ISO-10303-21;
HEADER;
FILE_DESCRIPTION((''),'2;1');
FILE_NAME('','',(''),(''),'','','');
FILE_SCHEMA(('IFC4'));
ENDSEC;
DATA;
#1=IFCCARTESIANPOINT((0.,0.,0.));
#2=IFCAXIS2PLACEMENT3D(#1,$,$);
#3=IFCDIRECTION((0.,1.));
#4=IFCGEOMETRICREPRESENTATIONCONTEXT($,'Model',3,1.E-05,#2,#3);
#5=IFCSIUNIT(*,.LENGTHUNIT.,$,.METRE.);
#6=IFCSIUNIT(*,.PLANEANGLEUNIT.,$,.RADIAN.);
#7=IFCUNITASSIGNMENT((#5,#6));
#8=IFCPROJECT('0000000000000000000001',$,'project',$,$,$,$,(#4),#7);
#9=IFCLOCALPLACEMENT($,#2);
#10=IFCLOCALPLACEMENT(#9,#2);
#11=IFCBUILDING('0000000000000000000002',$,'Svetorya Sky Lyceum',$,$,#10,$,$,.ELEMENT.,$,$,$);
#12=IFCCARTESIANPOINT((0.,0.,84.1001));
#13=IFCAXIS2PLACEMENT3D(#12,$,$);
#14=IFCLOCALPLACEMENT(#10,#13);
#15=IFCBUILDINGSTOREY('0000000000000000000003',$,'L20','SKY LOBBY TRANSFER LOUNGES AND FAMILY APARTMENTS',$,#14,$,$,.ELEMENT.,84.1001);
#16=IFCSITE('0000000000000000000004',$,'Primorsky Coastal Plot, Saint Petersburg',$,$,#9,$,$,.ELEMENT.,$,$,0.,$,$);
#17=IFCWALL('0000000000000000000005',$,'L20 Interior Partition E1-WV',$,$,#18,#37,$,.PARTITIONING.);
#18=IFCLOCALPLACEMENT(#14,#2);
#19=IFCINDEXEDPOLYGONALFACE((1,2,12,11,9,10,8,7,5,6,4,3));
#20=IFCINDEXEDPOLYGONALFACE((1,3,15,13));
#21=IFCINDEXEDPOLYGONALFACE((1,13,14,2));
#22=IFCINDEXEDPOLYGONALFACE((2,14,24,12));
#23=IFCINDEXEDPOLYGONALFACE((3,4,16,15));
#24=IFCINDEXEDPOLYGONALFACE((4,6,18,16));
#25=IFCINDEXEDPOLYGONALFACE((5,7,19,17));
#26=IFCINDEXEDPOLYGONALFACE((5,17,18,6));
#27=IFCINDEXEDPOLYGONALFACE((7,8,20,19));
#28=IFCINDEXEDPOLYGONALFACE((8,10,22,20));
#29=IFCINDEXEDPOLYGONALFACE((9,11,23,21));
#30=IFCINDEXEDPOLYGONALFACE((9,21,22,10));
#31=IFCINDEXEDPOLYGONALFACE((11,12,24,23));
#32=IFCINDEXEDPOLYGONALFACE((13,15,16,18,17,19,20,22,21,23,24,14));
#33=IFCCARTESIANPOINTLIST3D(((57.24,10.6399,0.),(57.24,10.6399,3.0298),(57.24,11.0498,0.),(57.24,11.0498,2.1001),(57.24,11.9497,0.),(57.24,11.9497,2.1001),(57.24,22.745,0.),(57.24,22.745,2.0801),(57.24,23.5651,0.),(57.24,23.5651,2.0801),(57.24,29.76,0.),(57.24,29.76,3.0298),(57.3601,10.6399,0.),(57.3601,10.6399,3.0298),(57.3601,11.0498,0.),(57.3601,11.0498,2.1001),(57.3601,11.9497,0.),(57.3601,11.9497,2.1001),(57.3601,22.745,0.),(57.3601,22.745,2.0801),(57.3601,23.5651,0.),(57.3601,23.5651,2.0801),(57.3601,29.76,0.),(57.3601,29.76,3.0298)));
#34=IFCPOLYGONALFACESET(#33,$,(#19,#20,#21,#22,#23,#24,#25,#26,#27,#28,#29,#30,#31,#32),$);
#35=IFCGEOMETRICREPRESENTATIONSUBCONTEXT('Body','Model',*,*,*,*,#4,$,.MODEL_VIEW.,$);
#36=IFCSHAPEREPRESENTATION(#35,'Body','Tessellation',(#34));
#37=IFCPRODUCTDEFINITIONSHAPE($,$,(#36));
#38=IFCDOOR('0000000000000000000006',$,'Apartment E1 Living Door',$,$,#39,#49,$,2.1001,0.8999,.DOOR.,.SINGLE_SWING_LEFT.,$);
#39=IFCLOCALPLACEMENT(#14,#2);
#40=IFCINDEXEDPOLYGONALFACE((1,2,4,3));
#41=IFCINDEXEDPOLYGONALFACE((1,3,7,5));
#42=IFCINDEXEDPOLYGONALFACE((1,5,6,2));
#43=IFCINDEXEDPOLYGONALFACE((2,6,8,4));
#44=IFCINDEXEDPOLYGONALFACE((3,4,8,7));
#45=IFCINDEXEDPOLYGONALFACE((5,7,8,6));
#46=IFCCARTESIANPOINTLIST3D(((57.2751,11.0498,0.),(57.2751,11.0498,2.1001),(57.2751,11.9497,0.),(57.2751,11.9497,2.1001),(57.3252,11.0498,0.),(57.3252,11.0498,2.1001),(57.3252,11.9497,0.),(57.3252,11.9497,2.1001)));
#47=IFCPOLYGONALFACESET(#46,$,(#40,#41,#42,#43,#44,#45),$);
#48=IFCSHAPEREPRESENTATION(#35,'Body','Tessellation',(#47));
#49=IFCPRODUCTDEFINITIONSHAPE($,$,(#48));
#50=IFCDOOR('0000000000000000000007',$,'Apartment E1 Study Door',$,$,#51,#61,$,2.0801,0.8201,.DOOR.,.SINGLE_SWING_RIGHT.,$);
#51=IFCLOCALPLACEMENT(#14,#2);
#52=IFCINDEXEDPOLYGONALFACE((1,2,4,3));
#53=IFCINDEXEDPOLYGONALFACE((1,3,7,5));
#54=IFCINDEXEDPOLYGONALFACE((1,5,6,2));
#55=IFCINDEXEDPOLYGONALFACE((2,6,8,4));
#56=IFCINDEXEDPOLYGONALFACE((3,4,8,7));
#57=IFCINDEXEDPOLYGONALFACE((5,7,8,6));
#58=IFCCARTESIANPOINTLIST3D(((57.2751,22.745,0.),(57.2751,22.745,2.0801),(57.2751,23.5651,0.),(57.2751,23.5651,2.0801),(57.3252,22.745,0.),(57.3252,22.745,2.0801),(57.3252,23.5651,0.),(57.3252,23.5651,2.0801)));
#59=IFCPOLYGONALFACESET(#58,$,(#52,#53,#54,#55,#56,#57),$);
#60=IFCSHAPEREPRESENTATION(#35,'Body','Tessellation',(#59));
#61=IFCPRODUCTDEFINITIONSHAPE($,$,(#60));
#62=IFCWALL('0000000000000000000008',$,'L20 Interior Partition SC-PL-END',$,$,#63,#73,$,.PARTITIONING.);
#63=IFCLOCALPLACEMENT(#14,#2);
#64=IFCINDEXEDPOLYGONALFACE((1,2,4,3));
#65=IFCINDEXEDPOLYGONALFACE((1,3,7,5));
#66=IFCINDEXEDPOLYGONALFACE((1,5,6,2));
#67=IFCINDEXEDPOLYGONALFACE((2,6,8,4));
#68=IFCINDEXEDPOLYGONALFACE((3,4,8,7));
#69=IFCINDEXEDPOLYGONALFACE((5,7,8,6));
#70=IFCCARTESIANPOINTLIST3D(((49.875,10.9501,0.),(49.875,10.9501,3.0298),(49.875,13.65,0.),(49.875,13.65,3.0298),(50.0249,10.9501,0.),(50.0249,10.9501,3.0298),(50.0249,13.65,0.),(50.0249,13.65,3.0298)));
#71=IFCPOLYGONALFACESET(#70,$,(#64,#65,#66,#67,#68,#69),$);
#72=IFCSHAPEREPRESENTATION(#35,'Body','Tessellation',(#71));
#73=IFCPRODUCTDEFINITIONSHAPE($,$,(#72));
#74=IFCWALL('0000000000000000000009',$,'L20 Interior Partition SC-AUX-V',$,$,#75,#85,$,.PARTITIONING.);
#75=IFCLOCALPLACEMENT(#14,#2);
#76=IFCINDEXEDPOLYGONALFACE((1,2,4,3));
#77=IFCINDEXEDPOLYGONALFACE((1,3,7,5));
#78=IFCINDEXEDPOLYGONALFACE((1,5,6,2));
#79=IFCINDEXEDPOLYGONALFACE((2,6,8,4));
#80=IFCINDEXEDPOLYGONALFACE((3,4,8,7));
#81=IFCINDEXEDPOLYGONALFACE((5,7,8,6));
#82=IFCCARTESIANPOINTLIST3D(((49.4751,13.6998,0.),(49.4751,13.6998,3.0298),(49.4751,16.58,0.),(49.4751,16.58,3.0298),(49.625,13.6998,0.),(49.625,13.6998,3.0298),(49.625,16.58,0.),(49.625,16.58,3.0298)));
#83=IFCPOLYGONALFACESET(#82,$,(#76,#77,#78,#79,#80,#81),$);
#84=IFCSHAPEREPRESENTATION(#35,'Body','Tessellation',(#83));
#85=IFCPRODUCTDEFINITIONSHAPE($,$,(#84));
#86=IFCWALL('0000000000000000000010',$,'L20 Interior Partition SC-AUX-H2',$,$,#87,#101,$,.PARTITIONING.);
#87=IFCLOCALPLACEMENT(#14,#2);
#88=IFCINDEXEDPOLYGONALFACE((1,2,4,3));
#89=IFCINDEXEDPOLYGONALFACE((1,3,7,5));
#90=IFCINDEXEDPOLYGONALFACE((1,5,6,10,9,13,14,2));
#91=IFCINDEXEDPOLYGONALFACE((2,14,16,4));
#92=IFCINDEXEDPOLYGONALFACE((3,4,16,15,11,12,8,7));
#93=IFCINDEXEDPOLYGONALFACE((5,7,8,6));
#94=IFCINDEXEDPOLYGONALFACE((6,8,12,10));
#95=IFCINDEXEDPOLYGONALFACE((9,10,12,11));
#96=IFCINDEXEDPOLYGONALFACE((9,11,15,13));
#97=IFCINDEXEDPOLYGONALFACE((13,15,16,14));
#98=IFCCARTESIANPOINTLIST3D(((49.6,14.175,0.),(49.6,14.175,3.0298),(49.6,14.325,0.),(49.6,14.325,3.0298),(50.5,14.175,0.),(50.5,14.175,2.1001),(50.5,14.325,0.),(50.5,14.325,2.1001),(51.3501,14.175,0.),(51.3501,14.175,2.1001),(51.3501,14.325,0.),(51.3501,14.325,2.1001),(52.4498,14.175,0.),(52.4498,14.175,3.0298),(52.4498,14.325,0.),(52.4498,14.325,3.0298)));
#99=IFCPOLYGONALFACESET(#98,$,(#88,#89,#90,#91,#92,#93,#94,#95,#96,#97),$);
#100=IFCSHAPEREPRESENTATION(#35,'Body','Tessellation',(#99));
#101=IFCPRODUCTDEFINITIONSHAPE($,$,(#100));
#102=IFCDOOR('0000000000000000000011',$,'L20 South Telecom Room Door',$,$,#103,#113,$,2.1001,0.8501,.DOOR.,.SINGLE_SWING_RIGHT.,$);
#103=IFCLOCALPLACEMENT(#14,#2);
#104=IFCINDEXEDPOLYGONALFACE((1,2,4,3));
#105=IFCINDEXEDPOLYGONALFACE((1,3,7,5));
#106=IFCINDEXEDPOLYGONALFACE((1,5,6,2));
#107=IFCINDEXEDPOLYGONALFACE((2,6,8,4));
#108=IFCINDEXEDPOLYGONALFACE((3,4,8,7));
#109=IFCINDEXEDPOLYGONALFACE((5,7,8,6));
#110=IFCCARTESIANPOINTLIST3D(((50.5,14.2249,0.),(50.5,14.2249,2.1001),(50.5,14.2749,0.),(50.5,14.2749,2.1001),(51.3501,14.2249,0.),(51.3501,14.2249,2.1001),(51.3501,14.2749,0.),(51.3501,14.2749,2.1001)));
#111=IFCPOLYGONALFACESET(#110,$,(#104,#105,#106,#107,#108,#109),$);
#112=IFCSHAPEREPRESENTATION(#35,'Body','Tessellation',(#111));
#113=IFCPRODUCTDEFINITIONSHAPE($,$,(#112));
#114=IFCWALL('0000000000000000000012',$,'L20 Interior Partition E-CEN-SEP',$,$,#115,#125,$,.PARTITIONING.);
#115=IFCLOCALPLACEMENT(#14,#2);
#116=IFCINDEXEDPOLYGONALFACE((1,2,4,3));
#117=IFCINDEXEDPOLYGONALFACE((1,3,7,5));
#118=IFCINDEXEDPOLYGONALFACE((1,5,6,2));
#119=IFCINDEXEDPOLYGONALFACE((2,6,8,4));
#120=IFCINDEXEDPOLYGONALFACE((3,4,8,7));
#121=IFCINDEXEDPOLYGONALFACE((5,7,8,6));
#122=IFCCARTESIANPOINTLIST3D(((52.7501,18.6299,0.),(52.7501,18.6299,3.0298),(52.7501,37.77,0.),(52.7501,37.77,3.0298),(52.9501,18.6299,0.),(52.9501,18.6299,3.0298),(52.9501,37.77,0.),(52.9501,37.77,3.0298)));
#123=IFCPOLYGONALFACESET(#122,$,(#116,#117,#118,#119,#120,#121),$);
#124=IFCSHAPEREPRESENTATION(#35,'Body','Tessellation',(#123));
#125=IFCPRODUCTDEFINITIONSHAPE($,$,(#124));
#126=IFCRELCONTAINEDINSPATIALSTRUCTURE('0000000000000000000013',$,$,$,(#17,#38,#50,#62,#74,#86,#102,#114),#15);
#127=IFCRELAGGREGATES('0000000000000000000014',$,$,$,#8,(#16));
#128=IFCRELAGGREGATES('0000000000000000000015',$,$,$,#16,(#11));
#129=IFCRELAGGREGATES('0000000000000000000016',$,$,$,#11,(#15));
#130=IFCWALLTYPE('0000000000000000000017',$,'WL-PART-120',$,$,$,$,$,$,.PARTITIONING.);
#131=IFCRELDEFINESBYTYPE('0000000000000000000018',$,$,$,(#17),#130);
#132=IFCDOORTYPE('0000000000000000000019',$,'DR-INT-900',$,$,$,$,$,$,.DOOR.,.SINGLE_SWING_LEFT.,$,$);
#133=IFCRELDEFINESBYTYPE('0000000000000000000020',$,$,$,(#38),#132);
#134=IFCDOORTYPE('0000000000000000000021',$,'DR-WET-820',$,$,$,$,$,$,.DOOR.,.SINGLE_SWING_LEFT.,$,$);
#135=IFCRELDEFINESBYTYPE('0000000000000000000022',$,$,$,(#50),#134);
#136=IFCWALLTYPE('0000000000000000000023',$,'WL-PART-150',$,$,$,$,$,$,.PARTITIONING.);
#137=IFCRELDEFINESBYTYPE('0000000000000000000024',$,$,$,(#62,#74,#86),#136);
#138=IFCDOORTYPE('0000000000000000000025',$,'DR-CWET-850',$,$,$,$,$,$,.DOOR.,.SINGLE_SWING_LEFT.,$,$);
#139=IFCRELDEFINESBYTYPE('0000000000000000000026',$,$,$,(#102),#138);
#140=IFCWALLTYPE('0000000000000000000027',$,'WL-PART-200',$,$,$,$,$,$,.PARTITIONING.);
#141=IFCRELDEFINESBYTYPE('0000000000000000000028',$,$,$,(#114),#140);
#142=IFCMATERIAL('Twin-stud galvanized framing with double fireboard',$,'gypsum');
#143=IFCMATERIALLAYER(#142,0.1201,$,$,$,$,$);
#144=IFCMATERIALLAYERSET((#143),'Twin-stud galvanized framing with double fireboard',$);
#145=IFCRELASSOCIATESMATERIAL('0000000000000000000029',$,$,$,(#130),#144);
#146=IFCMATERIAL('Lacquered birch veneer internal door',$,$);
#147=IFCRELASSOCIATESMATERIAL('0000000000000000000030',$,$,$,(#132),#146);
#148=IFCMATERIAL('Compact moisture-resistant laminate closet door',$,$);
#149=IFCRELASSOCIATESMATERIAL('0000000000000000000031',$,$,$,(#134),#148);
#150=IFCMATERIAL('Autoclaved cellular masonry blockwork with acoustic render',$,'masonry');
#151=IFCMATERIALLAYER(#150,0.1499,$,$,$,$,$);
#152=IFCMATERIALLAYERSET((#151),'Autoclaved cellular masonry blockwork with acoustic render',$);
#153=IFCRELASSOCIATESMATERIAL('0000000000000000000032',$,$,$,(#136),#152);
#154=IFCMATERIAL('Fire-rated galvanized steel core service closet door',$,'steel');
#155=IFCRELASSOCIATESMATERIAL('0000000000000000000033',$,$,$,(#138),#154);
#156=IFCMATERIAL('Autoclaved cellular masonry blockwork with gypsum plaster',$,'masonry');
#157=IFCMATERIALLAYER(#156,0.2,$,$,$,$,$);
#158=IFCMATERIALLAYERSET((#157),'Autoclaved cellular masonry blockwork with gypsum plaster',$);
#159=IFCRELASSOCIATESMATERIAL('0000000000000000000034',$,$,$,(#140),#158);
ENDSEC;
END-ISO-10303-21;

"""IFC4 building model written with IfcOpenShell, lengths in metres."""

from ifc_helpers import new_model, si_unit, direction, frame, frame_2d, origin, place, context, subcontext, project, spatial, rectangle, extrude, material, layer, layer_set, type_object, element, fill, save


model = new_model("IFC4")

# Units and contexts
model_context = context("Model", 3, precision=1e-05, world=origin(), true_north=direction((0.0, 1.0)))
body_context = subcontext(model_context, "Body", "Model", "MODEL_VIEW")
ifc_project = project(units=[si_unit("LENGTHUNIT", "METRE"), si_unit("PLANEANGLEUNIT", "RADIAN")], contexts=[model_context])

# Site, building, storey
site_placement = place(None, origin())
site = spatial("IfcSite", under=ifc_project, at=site_placement, Name="Primorsky Coastal Plot, Saint Petersburg", CompositionType="ELEMENT", RefElevation=0.0)
building_placement = place(site_placement, origin())
building = spatial("IfcBuilding", under=site, at=building_placement, Name="Svetorya Sky Lyceum", CompositionType="ELEMENT")
storey_placement = place(building_placement, frame((0.0, 0.0, 84.1001)))
storey = spatial("IfcBuildingStorey", under=building, at=storey_placement, Name="L20", Description="SKY LOBBY TRANSFER LOUNGES AND FAMILY APARTMENTS", CompositionType="ELEMENT", Elevation=84.1001)

# Shared definitions
ifc_material_1 = material(Name="Twin-stud galvanized framing with double fireboard", Category="gypsum")
ifc_layer_1 = layer(ifc_material_1, 0.1201)
ifc_layer_set_1 = layer_set([ifc_layer_1], Name="Twin-stud galvanized framing with double fireboard")
wall_type_1 = type_object("IfcWallType", Name="WL-PART-120", PredefinedType="PARTITIONING", material=ifc_layer_set_1)

# Shared definitions
ifc_material_2 = material(Name="Lacquered birch veneer internal door")
door_type_1 = type_object("IfcDoorType", Name="DR-INT-900", OperationType="SINGLE_SWING_LEFT", PredefinedType="DOOR", material=ifc_material_2)

# Wall, openings, doors
wall_1_placement = place(storey_placement, frame((57.3, 10.6399, 0.0), z_axis=(0.0, 0.0, 1.0), x_axis=(0.0, 1.0, 0.0)))
wall_1 = element("IfcWall", 1, at=wall_1_placement, inside=storey, type_object=wall_type_1, Name="L20 Interior Partition E1-WV", PredefinedType="PARTITIONING", context=body_context, shape_type="SweptSolid", body=[
    extrude(rectangle(XDim=19.1201, YDim=0.1201, at=frame_2d((9.5601, 0.0))), origin(), (0.0, 0.0, 1.0), 3.0298),
])
opening_1_placement = place(wall_1_placement, frame((0.4099, 0.0, 0.0)))
opening_1 = element("IfcOpeningElement", 2, at=opening_1_placement, cuts=wall_1, PredefinedType="OPENING", context=body_context, shape_type="SweptSolid", body=[
    extrude(rectangle(XDim=0.8999, YDim=2.1001, at=frame_2d((0.45, 1.05))), frame((0.0, 0.0701, 0.0), z_axis=(0.0, -1.0, 0.0), x_axis=(1.0, 0.0, 0.0)), (0.0, 0.0, 1.0), 0.1401),
])
opening_2_placement = place(wall_1_placement, frame((12.105, 0.0, 0.0)))
opening_2 = element("IfcOpeningElement", 3, at=opening_2_placement, cuts=wall_1, PredefinedType="OPENING", context=body_context, shape_type="SweptSolid", body=[
    extrude(rectangle(XDim=0.8201, YDim=2.0801, at=frame_2d((0.4102, 1.04))), frame((0.0, 0.0701, 0.0), z_axis=(0.0, -1.0, 0.0), x_axis=(1.0, 0.0, 0.0)), (0.0, 0.0, 1.0), 0.1401),
])
door_1_placement = place(opening_1_placement, origin())
door_1 = element("IfcDoor", 4, at=door_1_placement, inside=storey, type_object=door_type_1, Name="Apartment E1 Living Door", OperationType="SINGLE_SWING_LEFT", OverallHeight=2.1001, OverallWidth=0.8999, PredefinedType="DOOR", context=body_context, shape_type="SweptSolid", body=[
    extrude(rectangle(XDim=0.8999, YDim=2.1001, at=frame_2d((0.45, 1.05))), frame((0.0, 0.0249, 0.0), z_axis=(0.0, -1.0, 0.0), x_axis=(1.0, 0.0, 0.0)), (0.0, 0.0, 1.0), 0.05),
])
fill(opening_1, door_1)
ifc_material_3 = material(Name="Compact moisture-resistant laminate closet door")
door_type_2 = type_object("IfcDoorType", Name="DR-WET-820", OperationType="SINGLE_SWING_LEFT", PredefinedType="DOOR", material=ifc_material_3)
door_2_placement = place(opening_2_placement, origin())
door_2 = element("IfcDoor", 5, at=door_2_placement, inside=storey, type_object=door_type_2, Name="Apartment E1 Study Door", OperationType="SINGLE_SWING_RIGHT", OverallHeight=2.0801, OverallWidth=0.8201, PredefinedType="DOOR", context=body_context, shape_type="SweptSolid", body=[
    extrude(rectangle(XDim=0.8201, YDim=2.0801, at=frame_2d((0.4102, 1.04))), frame((0.0, 0.0249, 0.0), z_axis=(0.0, -1.0, 0.0), x_axis=(1.0, 0.0, 0.0)), (0.0, 0.0, 1.0), 0.05),
])
fill(opening_2, door_2)

# Walls
ifc_material_4 = material(Name="Autoclaved cellular masonry blockwork with acoustic render", Category="masonry")
ifc_layer_2 = layer(ifc_material_4, 0.1499)
ifc_layer_set_2 = layer_set([ifc_layer_2], Name="Autoclaved cellular masonry blockwork with acoustic render")
wall_type_2 = type_object("IfcWallType", Name="WL-PART-150", PredefinedType="PARTITIONING", material=ifc_layer_set_2)
wall_2_placement = place(storey_placement, frame((49.95, 10.95, 0.0), z_axis=(0.0, 0.0, 1.0), x_axis=(0.0, 1.0, 0.0)))
element("IfcWall", 6, at=wall_2_placement, inside=storey, type_object=wall_type_2, Name="L20 Interior Partition SC-PL-END", PredefinedType="PARTITIONING", context=body_context, shape_type="SweptSolid", body=[
    extrude(rectangle(XDim=2.7, YDim=0.1499, at=frame_2d((1.3501, 0.0))), origin(), (0.0, 0.0, 1.0), 3.0298),
])
wall_3_placement = place(storey_placement, frame((49.55, 13.7, 0.0), z_axis=(0.0, 0.0, 1.0), x_axis=(0.0, 1.0, 0.0)))
element("IfcWall", 7, at=wall_3_placement, inside=storey, type_object=wall_type_2, Name="L20 Interior Partition SC-AUX-V", PredefinedType="PARTITIONING", context=body_context, shape_type="SweptSolid", body=[
    extrude(rectangle(XDim=2.8801, YDim=0.1499, at=frame_2d((1.4399, 0.0))), origin(), (0.0, 0.0, 1.0), 3.0298),
])

# Wall, opening, door
wall_4_placement = place(storey_placement, frame((49.6001, 14.25, 0.0), z_axis=(0.0, 0.0, 1.0), x_axis=(1.0, 0.0, 0.0)))
wall_4 = element("IfcWall", 8, at=wall_4_placement, inside=storey, type_object=wall_type_2, Name="L20 Interior Partition SC-AUX-H2", PredefinedType="PARTITIONING", context=body_context, shape_type="SweptSolid", body=[
    extrude(rectangle(XDim=2.8499, YDim=0.1499, at=frame_2d((1.4248, 0.0))), origin(), (0.0, 0.0, 1.0), 3.0298),
])
opening_3_placement = place(wall_4_placement, frame((0.8999, 0.0, 0.0)))
opening_3 = element("IfcOpeningElement", 9, at=opening_3_placement, cuts=wall_4, PredefinedType="OPENING", context=body_context, shape_type="SweptSolid", body=[
    extrude(rectangle(XDim=0.8501, YDim=2.1001, at=frame_2d((0.425, 1.05))), frame((0.0, 0.085, 0.0), z_axis=(0.0, -1.0, 0.0), x_axis=(1.0, 0.0, 0.0)), (0.0, 0.0, 1.0), 0.1699),
])
ifc_material_5 = material(Name="Fire-rated galvanized steel core service closet door", Category="steel")
door_type_3 = type_object("IfcDoorType", Name="DR-CWET-850", OperationType="SINGLE_SWING_LEFT", PredefinedType="DOOR", material=ifc_material_5)
door_3_placement = place(opening_3_placement, origin())
door_3 = element("IfcDoor", 10, at=door_3_placement, inside=storey, type_object=door_type_3, Name="L20 South Telecom Room Door", OperationType="SINGLE_SWING_RIGHT", OverallHeight=2.1001, OverallWidth=0.8501, PredefinedType="DOOR", context=body_context, shape_type="SweptSolid", body=[
    extrude(rectangle(XDim=0.8501, YDim=2.1001, at=frame_2d((0.425, 1.05))), frame((0.0, 0.0249, 0.0), z_axis=(0.0, -1.0, 0.0), x_axis=(1.0, 0.0, 0.0)), (0.0, 0.0, 1.0), 0.05),
])
fill(opening_3, door_3)

# Wall
ifc_material_6 = material(Name="Autoclaved cellular masonry blockwork with gypsum plaster", Category="masonry")
ifc_layer_3 = layer(ifc_material_6, 0.2)
ifc_layer_set_3 = layer_set([ifc_layer_3], Name="Autoclaved cellular masonry blockwork with gypsum plaster")
wall_type_3 = type_object("IfcWallType", Name="WL-PART-200", PredefinedType="PARTITIONING", material=ifc_layer_set_3)
wall_5_placement = place(storey_placement, frame((52.8501, 18.6299, 0.0), z_axis=(0.0, 0.0, 1.0), x_axis=(0.0, 1.0, 0.0)))
element("IfcWall", 11, at=wall_5_placement, inside=storey, type_object=wall_type_3, Name="L20 Interior Partition E-CEN-SEP", PredefinedType="PARTITIONING", context=body_context, shape_type="SweptSolid", body=[
    extrude(rectangle(XDim=19.1401, YDim=0.2, at=frame_2d((9.5701, 0.0))), origin(), (0.0, 0.0, 1.0), 3.0298),
])

save(model, "model.ifc")
